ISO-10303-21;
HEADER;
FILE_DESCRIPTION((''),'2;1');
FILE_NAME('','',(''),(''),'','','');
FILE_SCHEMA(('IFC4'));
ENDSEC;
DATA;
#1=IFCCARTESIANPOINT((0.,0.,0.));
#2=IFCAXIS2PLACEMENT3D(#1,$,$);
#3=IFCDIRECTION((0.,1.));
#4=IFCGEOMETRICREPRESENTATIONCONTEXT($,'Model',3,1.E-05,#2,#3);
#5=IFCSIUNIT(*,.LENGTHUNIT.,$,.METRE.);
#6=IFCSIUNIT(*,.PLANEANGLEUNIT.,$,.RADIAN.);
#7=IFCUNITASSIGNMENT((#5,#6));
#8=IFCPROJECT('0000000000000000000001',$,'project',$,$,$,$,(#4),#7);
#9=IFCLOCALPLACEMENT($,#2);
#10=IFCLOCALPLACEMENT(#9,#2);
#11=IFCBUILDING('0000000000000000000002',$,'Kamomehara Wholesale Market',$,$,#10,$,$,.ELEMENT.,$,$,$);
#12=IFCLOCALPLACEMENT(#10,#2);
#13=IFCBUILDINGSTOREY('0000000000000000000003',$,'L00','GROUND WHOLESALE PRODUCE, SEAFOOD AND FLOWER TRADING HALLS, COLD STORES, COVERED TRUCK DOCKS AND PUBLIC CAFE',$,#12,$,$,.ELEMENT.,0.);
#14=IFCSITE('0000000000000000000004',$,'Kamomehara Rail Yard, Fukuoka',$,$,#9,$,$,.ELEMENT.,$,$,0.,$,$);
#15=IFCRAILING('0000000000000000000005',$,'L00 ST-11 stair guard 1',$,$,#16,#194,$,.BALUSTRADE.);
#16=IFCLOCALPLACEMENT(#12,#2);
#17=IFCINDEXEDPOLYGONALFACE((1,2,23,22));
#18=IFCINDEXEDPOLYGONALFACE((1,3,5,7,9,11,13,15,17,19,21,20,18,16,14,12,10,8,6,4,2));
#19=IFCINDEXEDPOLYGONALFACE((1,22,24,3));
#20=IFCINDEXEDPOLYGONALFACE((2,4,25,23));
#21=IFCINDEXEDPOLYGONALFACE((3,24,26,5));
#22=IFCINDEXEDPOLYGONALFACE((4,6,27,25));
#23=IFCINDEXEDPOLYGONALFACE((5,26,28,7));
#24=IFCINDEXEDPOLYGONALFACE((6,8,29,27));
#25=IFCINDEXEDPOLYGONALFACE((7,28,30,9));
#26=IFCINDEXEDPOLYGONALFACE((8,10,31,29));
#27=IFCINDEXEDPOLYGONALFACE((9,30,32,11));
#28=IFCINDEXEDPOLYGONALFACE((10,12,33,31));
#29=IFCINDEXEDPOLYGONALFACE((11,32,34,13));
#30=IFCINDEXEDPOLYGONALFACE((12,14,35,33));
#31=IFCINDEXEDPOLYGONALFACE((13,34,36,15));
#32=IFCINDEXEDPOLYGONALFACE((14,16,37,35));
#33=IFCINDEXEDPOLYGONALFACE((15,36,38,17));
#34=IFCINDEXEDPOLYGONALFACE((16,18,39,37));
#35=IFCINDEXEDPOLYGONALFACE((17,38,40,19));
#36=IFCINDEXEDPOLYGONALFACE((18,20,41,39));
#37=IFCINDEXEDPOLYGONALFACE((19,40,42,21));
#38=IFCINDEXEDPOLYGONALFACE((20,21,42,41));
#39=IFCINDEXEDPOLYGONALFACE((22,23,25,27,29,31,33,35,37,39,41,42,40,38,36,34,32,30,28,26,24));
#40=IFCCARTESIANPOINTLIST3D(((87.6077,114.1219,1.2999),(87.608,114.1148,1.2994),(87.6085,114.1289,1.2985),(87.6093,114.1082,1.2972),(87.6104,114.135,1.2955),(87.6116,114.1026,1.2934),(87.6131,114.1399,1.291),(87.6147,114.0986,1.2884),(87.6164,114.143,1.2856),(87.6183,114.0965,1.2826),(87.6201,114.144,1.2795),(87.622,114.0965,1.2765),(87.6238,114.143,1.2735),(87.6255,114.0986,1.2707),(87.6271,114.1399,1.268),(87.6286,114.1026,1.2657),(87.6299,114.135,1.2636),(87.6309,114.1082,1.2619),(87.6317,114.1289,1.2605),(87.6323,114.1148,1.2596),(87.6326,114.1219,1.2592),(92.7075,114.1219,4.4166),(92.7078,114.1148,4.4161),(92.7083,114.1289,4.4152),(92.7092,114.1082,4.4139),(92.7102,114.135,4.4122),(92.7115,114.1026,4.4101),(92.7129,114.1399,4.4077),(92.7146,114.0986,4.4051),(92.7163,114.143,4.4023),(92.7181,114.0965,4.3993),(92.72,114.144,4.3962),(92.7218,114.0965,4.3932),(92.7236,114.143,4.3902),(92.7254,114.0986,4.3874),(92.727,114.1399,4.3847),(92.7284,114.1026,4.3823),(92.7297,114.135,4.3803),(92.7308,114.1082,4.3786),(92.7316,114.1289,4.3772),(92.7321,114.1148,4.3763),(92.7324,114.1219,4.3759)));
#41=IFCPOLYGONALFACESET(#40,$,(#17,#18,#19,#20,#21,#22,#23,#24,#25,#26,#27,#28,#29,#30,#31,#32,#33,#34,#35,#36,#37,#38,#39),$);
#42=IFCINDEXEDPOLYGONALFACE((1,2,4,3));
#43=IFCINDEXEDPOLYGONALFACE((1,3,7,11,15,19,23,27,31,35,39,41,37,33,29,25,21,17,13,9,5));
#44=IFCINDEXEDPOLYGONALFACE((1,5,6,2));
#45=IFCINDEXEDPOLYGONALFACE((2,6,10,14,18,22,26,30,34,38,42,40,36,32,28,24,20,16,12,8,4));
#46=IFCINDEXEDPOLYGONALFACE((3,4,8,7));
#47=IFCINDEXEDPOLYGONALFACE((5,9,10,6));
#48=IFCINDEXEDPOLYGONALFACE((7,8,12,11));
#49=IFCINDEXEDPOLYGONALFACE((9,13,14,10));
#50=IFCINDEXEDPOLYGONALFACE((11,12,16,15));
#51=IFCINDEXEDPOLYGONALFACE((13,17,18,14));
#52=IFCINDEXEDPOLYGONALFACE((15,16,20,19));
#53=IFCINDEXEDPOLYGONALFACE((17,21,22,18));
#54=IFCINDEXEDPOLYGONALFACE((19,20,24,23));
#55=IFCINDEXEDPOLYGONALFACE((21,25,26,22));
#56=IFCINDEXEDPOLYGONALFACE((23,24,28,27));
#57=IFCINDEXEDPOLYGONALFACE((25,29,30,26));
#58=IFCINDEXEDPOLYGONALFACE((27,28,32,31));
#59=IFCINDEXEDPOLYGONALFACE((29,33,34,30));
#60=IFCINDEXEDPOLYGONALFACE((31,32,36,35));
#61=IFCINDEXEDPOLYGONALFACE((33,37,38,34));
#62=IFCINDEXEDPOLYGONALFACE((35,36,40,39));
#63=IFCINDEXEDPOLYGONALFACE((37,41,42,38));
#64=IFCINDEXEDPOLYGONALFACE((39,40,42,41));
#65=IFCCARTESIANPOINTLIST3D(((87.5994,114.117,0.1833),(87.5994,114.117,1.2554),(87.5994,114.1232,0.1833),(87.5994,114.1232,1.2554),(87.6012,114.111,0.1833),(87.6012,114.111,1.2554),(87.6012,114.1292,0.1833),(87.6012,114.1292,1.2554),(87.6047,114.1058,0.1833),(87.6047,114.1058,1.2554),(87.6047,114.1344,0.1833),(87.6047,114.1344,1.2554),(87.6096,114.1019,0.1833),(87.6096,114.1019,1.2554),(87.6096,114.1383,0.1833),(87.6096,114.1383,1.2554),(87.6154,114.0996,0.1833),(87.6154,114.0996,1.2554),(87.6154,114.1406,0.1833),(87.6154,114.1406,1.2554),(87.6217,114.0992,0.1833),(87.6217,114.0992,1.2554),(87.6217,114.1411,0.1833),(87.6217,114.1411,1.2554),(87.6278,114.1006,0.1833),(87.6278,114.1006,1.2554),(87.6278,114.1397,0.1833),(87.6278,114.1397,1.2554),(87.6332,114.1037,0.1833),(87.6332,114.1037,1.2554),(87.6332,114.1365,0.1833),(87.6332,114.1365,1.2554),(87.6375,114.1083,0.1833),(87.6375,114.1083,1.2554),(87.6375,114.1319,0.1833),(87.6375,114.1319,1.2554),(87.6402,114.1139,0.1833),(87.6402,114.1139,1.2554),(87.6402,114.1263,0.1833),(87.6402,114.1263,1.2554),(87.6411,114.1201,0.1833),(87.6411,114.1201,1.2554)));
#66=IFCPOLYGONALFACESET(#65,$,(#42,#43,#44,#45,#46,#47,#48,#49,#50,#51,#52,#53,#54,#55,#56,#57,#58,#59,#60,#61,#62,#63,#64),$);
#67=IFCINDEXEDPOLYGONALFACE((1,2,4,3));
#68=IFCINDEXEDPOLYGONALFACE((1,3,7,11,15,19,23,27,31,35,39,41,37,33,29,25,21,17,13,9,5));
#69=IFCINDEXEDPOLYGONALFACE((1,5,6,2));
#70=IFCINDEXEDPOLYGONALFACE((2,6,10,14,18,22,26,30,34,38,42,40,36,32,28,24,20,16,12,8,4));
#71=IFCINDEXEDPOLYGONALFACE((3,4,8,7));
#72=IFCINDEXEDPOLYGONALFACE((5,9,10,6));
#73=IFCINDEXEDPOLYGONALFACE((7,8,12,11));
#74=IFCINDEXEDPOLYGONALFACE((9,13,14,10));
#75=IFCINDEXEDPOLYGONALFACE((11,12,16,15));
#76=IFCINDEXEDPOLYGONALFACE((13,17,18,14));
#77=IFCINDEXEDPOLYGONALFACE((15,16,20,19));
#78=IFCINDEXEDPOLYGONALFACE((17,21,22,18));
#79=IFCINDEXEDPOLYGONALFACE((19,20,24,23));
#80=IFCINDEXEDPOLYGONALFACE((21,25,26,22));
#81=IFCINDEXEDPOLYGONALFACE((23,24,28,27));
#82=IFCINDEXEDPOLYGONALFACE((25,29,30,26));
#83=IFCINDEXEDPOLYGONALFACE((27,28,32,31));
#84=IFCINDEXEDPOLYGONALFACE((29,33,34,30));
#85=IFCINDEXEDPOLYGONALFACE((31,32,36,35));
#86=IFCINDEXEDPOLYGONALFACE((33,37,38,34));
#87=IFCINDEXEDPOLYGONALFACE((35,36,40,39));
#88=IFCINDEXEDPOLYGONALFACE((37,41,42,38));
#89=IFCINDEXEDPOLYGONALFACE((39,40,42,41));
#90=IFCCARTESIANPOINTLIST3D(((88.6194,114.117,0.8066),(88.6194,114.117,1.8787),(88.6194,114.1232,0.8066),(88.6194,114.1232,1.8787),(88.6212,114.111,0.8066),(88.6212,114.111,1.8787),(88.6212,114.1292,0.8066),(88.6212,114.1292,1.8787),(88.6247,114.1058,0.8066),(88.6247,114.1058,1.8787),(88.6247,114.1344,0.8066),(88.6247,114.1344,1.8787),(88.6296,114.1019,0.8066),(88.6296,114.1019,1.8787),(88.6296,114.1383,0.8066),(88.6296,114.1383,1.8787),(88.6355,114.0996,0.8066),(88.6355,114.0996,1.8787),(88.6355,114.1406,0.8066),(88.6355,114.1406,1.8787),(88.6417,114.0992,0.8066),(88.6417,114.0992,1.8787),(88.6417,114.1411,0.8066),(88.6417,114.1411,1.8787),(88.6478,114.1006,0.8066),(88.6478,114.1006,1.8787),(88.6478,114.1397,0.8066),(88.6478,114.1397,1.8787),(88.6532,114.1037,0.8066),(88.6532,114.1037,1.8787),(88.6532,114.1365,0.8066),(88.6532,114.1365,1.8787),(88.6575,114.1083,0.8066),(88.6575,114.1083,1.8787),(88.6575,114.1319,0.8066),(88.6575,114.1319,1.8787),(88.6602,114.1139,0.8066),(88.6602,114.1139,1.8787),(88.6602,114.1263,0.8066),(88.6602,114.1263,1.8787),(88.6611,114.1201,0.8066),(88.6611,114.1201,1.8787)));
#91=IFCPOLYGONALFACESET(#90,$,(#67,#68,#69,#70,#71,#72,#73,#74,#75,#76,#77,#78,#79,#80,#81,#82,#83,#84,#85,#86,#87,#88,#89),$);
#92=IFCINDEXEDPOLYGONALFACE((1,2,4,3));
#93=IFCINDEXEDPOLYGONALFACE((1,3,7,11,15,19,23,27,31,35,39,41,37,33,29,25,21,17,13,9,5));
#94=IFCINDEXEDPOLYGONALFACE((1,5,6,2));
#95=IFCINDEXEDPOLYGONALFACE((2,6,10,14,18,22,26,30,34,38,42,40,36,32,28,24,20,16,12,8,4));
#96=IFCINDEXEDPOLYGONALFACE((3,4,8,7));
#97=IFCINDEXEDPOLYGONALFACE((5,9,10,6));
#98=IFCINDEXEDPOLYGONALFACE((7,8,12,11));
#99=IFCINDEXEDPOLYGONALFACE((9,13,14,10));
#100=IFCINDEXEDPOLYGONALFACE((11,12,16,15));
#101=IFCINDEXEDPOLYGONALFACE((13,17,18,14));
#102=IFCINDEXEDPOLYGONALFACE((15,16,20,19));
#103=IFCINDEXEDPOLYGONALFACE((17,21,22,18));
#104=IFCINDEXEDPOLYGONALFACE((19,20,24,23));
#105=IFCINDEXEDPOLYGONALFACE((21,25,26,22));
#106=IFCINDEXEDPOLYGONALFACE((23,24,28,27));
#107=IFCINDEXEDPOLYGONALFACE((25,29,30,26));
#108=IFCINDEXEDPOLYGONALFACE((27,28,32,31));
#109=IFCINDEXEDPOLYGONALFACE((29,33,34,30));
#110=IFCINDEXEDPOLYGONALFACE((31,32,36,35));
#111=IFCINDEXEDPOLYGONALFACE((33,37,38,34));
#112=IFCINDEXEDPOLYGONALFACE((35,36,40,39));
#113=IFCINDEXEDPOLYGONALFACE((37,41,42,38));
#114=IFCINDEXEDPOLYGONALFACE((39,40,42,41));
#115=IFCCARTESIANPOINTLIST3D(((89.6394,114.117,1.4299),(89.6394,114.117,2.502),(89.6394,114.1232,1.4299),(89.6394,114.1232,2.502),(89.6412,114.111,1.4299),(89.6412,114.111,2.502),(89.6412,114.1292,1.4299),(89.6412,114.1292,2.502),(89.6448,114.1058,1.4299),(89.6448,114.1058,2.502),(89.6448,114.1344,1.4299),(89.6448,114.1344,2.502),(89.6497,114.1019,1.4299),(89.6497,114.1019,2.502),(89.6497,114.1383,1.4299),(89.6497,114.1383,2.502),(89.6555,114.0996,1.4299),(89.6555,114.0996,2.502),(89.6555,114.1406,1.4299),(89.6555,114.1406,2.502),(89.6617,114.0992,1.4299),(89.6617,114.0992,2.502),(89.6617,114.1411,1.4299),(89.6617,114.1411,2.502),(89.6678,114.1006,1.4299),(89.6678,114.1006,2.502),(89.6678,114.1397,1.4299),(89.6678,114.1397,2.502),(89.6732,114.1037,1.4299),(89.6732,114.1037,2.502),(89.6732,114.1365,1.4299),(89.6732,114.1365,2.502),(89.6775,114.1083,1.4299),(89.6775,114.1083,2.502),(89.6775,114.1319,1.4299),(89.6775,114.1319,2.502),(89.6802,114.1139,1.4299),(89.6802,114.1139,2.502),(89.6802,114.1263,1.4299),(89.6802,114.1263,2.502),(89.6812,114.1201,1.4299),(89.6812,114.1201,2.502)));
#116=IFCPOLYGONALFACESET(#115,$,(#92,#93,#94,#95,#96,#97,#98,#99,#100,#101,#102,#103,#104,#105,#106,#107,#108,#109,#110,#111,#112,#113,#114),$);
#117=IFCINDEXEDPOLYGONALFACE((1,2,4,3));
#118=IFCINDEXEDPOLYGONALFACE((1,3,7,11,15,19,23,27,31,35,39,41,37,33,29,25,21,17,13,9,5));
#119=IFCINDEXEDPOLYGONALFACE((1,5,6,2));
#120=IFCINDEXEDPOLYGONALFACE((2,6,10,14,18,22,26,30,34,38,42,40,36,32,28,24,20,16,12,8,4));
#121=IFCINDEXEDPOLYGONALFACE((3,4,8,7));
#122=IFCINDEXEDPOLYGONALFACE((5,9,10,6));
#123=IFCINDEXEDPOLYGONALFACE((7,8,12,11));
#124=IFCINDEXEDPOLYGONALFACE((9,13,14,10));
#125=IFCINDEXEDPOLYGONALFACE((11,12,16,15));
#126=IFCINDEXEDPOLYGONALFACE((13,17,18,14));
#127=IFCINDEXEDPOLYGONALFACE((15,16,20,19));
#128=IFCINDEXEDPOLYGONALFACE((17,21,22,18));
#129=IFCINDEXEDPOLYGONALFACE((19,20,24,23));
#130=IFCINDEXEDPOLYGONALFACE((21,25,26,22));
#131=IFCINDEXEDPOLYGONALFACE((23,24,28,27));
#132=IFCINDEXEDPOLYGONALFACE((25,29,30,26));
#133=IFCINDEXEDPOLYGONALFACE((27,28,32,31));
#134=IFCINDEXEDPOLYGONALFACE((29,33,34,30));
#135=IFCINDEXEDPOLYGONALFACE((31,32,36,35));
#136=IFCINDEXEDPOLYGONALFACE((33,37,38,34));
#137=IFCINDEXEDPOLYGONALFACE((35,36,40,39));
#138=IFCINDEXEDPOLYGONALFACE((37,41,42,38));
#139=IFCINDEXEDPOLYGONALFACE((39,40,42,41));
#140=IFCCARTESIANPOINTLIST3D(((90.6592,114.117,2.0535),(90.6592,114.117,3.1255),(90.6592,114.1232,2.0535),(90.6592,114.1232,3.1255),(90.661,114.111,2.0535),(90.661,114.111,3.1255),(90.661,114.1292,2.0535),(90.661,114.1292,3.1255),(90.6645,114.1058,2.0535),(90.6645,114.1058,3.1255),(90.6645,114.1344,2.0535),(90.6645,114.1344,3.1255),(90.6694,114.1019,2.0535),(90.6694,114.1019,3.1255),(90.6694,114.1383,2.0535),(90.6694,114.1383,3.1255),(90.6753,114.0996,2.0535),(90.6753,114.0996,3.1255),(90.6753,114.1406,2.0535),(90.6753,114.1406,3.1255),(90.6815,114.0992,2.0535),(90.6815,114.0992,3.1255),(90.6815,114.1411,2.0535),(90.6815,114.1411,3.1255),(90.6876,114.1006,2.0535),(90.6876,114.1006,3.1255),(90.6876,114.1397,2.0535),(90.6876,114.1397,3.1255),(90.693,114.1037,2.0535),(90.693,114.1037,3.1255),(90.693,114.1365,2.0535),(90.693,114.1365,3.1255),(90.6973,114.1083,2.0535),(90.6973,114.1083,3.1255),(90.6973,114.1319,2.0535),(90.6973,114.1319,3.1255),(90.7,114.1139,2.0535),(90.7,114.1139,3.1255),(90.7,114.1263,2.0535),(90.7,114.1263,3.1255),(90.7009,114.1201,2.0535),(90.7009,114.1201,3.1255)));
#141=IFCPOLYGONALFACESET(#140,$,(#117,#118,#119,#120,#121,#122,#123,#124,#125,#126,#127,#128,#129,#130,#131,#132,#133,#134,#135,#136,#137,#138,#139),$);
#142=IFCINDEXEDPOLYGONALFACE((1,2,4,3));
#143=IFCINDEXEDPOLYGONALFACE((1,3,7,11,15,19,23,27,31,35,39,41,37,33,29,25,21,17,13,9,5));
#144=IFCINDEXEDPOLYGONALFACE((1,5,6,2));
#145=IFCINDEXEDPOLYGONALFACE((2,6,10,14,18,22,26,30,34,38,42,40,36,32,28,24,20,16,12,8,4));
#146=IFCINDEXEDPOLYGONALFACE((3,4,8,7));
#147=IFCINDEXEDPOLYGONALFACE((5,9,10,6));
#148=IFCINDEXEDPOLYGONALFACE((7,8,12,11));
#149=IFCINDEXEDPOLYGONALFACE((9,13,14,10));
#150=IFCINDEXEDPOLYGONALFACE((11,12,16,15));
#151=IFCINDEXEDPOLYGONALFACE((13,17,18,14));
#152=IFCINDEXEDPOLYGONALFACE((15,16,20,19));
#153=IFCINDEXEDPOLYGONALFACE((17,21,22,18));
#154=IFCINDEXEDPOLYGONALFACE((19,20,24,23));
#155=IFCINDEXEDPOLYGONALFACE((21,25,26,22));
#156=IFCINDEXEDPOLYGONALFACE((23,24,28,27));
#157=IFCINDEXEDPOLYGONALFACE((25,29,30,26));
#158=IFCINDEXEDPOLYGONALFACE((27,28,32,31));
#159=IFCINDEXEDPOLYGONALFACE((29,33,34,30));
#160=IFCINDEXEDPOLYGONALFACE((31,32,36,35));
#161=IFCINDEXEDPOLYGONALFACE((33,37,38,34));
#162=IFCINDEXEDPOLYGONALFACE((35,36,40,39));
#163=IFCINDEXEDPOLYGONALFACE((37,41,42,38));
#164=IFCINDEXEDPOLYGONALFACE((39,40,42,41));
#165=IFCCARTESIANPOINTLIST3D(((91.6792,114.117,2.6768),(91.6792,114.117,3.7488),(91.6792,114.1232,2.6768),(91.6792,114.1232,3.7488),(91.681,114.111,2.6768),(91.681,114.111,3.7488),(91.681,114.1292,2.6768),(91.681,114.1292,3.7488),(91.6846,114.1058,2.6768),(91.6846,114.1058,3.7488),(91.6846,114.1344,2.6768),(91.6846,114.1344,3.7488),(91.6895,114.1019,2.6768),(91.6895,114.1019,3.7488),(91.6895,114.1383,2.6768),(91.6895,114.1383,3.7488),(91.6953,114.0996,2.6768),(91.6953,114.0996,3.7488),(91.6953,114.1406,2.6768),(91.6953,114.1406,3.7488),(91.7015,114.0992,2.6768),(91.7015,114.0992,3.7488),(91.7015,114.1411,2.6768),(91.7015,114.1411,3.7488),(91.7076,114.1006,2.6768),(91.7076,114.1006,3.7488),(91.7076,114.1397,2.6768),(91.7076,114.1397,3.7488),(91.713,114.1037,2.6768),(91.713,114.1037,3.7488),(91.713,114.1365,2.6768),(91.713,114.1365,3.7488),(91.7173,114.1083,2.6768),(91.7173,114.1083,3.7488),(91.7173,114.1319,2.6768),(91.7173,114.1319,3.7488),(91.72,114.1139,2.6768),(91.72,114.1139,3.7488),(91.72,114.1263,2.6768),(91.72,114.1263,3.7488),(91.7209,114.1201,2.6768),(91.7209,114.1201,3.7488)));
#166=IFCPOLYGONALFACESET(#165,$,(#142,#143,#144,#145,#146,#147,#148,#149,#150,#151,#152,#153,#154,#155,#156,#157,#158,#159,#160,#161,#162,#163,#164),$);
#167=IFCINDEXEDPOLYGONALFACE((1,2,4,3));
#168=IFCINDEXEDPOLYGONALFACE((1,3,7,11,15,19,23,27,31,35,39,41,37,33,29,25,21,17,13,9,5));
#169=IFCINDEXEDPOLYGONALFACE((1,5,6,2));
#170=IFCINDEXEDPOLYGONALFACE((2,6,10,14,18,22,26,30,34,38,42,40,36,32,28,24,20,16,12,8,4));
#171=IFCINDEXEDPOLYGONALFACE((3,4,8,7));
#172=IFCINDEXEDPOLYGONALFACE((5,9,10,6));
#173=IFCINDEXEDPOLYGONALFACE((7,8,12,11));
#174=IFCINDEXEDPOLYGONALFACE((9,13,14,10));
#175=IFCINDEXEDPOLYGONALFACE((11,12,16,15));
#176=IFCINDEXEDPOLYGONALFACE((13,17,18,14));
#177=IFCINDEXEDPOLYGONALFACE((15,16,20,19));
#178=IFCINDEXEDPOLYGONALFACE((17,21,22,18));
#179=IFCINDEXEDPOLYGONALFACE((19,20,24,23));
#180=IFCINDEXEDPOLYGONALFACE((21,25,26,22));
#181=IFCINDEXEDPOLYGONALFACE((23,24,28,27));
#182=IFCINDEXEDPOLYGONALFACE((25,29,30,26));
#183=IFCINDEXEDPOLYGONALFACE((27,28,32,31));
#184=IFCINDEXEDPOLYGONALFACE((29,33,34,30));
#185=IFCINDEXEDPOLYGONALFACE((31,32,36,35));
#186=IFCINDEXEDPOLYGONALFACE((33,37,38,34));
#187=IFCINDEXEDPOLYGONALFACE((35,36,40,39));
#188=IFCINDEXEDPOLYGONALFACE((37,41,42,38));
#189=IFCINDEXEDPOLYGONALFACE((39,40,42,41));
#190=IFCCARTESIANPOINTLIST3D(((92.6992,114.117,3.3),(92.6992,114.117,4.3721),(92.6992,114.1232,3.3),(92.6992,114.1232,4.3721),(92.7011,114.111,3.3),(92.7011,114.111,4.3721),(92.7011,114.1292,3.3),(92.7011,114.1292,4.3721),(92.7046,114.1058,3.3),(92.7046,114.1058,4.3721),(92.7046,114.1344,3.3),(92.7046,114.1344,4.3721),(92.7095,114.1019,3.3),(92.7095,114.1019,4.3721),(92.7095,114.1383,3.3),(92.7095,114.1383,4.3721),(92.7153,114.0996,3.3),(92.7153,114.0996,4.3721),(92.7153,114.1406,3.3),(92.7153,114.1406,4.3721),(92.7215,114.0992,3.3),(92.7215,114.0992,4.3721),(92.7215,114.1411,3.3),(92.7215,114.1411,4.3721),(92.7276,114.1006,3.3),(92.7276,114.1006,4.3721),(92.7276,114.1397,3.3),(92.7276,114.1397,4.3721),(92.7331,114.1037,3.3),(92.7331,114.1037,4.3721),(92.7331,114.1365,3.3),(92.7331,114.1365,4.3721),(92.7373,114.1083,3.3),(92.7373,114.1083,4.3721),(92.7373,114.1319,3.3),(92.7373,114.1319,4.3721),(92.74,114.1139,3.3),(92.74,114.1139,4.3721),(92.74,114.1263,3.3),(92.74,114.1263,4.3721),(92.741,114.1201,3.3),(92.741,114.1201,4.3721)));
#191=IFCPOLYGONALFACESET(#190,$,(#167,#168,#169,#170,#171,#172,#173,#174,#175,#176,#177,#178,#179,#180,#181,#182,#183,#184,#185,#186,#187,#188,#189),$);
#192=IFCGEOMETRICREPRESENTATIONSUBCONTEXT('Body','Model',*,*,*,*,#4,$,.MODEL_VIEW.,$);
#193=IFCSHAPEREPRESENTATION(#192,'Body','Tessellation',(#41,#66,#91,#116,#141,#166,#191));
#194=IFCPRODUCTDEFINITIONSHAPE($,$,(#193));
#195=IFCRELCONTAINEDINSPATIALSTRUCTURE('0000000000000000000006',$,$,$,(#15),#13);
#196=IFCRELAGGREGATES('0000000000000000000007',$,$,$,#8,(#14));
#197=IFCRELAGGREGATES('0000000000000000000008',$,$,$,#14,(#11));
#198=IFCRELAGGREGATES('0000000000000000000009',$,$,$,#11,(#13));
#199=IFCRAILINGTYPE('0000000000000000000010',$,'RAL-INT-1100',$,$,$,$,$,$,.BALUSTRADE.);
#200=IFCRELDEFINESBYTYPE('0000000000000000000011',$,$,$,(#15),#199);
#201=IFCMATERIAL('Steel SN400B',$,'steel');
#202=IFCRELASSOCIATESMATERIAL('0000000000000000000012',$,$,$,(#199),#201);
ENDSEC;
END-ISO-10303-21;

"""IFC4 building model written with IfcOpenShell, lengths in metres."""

from ifc_helpers import new_model, si_unit, direction, frame, origin, origin_2d, place, context, subcontext, project, spatial, circle, extrude, material, type_object, element, save


model = new_model("IFC4")

# Units and contexts
model_context = context("Model", 3, precision=1e-05, world=origin(), true_north=direction((0.0, 1.0)))
body_context = subcontext(model_context, "Body", "Model", "MODEL_VIEW")
ifc_project = project(units=[si_unit("LENGTHUNIT", "METRE"), si_unit("PLANEANGLEUNIT", "RADIAN")], contexts=[model_context])

# Site, building, storey
site_placement = place(None, origin())
site = spatial("IfcSite", under=ifc_project, at=site_placement, Name="Kamomehara Rail Yard, Fukuoka", CompositionType="ELEMENT", RefElevation=0.0)
building_placement = place(site_placement, origin())
building = spatial("IfcBuilding", under=site, at=building_placement, Name="Kamomehara Wholesale Market", CompositionType="ELEMENT")
storey_placement = place(building_placement, origin())
storey = spatial("IfcBuildingStorey", under=building, at=storey_placement, Name="L00", Description="GROUND WHOLESALE PRODUCE, SEAFOOD AND FLOWER TRADING HALLS, COLD STORES, COVERED TRUCK DOCKS AND PUBLIC CAFE", CompositionType="ELEMENT", Elevation=0.0)

# Railing
ifc_material_1 = material(Name="Steel SN400B", Category="steel")
railing_type_1 = type_object("IfcRailingType", Name="RAL-INT-1100", PredefinedType="BALUSTRADE", material=ifc_material_1)
railing_1_placement = place(storey_placement, frame((87.6201, 114.1201, 0.1833)))
element("IfcRailing", 1, at=railing_1_placement, inside=storey, type_object=railing_type_1, Name="L00 ST-11 stair guard 1", PredefinedType="BALUSTRADE", context=body_context, shape_type="SweptSolid", body=[
    extrude(circle(Radius=0.0239, at=origin_2d()), frame((0.0, 0.0, 1.0962), z_axis=(0.853273, 0.0, 0.521465), x_axis=(0.0, 1.0, 0.0)), (0.0, 0.0, 1.0), 5.9768),
    extrude(circle(Radius=0.021, at=origin_2d()), origin(), (0.0, 0.0, 1.0), 1.072),
    extrude(circle(Radius=0.021, at=origin_2d()), frame((1.02, 0.0, 0.6233)), (0.0, 0.0, 1.0), 1.072),
    extrude(circle(Radius=0.021, at=origin_2d()), frame((2.04, 0.0, 1.2466)), (0.0, 0.0, 1.0), 1.072),
    extrude(circle(Radius=0.021, at=origin_2d()), frame((3.0598, 0.0, 1.8701)), (0.0, 0.0, 1.0), 1.072),
    extrude(circle(Radius=0.021, at=origin_2d()), frame((4.0798, 0.0, 2.4934)), (0.0, 0.0, 1.0), 1.072),
    extrude(circle(Radius=0.021, at=origin_2d()), frame((5.0999, 0.0, 3.1167)), (0.0, 0.0, 1.0), 1.072),
])

save(model, "model.ifc")
